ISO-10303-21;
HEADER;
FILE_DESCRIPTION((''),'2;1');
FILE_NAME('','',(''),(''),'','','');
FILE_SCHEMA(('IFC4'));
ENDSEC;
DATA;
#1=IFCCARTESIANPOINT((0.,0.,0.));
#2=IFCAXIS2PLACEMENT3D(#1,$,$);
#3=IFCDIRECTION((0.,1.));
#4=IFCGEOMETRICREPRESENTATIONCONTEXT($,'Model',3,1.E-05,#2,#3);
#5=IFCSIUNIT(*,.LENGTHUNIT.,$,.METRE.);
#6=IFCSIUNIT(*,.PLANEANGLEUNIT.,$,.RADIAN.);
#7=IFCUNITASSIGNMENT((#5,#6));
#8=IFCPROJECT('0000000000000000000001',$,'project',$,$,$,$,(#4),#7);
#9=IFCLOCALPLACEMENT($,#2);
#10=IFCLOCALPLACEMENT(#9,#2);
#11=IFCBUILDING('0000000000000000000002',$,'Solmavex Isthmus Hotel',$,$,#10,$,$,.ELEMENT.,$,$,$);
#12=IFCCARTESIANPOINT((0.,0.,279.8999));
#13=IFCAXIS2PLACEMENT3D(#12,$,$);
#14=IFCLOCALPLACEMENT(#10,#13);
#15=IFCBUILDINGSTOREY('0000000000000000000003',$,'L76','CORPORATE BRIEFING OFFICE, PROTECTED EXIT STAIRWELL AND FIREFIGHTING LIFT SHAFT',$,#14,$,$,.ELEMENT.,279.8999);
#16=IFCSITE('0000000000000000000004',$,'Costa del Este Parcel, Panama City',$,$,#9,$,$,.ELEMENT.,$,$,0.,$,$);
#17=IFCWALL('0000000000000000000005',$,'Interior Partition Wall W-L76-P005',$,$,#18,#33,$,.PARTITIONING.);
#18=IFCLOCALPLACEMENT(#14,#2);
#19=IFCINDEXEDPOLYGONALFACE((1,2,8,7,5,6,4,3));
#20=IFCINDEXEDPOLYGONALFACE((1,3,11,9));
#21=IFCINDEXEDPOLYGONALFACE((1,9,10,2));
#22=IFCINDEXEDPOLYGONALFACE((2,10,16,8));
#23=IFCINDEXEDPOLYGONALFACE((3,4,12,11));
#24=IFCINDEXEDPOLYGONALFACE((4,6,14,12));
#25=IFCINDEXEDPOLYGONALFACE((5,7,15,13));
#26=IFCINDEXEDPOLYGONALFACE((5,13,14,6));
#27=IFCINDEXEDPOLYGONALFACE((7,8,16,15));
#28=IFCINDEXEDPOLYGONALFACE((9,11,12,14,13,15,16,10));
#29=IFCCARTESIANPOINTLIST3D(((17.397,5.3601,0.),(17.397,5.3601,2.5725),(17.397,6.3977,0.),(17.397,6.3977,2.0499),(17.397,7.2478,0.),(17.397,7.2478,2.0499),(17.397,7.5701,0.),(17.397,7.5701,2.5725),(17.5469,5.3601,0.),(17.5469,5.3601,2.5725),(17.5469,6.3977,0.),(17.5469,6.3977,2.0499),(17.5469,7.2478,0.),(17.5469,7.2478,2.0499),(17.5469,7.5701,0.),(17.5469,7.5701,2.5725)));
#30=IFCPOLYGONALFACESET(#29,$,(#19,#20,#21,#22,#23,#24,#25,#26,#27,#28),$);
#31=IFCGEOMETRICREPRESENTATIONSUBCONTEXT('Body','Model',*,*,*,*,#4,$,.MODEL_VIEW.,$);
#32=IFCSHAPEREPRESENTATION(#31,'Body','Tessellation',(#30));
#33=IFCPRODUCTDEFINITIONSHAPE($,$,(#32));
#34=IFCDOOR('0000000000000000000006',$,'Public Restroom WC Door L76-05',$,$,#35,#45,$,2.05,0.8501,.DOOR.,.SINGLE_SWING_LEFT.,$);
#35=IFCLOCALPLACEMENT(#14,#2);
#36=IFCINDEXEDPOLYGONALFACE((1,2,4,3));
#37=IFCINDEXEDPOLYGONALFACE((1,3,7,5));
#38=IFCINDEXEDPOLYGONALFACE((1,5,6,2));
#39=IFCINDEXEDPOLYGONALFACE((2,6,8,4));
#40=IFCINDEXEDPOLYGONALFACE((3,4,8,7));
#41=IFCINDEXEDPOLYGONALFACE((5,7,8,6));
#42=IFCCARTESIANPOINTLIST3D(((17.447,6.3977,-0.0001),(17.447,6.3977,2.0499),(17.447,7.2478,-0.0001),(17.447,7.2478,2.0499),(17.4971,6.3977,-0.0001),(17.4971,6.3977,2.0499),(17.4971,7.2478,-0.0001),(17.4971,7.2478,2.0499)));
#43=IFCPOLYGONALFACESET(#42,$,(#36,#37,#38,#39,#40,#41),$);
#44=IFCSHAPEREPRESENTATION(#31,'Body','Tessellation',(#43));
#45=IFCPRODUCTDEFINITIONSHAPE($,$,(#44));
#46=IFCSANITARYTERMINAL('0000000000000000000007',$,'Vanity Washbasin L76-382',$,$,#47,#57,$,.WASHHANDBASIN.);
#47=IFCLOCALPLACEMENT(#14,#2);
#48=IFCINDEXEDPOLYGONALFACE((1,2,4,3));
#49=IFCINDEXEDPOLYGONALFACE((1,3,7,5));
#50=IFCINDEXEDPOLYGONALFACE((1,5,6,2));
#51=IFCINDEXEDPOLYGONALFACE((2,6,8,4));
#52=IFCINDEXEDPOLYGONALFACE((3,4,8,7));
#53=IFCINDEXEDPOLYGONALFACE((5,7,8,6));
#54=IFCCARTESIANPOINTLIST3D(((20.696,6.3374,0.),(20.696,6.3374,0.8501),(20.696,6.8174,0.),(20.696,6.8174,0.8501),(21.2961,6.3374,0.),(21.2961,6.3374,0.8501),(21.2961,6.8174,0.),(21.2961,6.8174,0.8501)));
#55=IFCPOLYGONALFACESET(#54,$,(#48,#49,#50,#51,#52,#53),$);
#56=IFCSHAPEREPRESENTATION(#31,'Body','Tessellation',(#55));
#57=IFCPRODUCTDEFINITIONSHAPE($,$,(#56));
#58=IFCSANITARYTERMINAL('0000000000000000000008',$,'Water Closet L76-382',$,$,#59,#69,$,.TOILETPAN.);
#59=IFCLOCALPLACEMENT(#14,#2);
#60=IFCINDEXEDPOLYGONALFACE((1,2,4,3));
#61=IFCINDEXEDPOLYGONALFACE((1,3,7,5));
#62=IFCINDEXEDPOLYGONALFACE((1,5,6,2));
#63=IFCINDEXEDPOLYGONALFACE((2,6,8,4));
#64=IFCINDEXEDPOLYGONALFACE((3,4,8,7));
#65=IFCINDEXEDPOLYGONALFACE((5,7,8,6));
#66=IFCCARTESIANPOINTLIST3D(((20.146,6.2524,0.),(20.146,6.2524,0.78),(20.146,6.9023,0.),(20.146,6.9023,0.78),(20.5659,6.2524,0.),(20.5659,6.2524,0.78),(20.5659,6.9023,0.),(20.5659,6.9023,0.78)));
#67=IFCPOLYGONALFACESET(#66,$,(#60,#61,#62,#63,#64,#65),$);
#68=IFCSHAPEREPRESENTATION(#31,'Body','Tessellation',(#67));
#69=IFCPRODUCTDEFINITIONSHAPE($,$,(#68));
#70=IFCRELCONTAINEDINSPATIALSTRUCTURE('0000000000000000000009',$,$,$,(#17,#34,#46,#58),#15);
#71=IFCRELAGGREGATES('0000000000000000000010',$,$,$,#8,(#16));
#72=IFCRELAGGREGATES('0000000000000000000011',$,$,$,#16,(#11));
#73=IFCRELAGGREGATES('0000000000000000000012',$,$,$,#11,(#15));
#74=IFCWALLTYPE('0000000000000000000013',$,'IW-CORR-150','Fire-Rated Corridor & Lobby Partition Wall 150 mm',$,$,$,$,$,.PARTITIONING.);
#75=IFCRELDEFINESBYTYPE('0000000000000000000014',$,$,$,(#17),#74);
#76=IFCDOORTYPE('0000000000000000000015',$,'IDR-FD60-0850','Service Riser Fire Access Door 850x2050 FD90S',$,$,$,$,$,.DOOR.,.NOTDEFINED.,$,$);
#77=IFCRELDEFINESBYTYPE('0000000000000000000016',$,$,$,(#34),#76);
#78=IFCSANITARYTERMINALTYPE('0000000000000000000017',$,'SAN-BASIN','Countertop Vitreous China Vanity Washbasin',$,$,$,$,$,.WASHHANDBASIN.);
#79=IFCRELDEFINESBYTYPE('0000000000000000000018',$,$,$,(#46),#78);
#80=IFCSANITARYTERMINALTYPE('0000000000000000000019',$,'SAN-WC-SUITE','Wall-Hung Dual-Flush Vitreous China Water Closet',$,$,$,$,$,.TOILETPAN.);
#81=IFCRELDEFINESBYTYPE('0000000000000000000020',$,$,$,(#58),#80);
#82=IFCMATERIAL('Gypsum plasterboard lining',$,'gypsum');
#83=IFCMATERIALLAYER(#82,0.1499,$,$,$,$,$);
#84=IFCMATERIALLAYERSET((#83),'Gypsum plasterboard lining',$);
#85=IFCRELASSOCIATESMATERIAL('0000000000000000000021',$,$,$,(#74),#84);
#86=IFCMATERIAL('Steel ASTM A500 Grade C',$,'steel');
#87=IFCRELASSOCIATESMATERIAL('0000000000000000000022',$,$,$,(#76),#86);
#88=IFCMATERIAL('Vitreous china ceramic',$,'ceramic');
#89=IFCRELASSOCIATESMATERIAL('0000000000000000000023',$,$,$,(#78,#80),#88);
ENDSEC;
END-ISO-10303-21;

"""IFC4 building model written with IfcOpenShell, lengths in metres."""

from ifc_helpers import new_model, si_unit, direction, frame, frame_2d, origin, origin_2d, place, context, subcontext, project, spatial, rectangle, extrude, material, layer, layer_set, type_object, element, fill, save


model = new_model("IFC4")

# Units and contexts
model_context = context("Model", 3, precision=1e-05, world=origin(), true_north=direction((0.0, 1.0)))
body_context = subcontext(model_context, "Body", "Model", "MODEL_VIEW")
ifc_project = project(units=[si_unit("LENGTHUNIT", "METRE"), si_unit("PLANEANGLEUNIT", "RADIAN")], contexts=[model_context])

# Site, building, storey
site_placement = place(None, origin())
site = spatial("IfcSite", under=ifc_project, at=site_placement, Name="Costa del Este Parcel, Panama City", CompositionType="ELEMENT", RefElevation=0.0)
building_placement = place(site_placement, origin())
building = spatial("IfcBuilding", under=site, at=building_placement, Name="Solmavex Isthmus Hotel", CompositionType="ELEMENT")
storey_placement = place(building_placement, frame((0.0, 0.0, 279.8999)))
storey = spatial("IfcBuildingStorey", under=building, at=storey_placement, Name="L76", Description="CORPORATE BRIEFING OFFICE, PROTECTED EXIT STAIRWELL AND FIREFIGHTING LIFT SHAFT", CompositionType="ELEMENT", Elevation=279.8999)

# Shared definitions
ifc_material_1 = material(Name="Gypsum plasterboard lining", Category="gypsum")

# Wall, opening, door
ifc_layer_1 = layer(ifc_material_1, 0.1499)
ifc_layer_set_1 = layer_set([ifc_layer_1], Name="Gypsum plasterboard lining")
wall_type_1 = type_object("IfcWallType", Name="IW-CORR-150", Description="Fire-Rated Corridor & Lobby Partition Wall 150 mm", PredefinedType="PARTITIONING", material=ifc_layer_set_1)
wall_1_placement = place(storey_placement, frame((17.4719, 7.5701, 0.0), z_axis=(0.0, 0.0, 1.0), x_axis=(0.0, -1.0, 0.0)))
wall_1 = element("IfcWall", 1, at=wall_1_placement, inside=storey, type_object=wall_type_1, Name="Interior Partition Wall W-L76-P005", PredefinedType="PARTITIONING", context=body_context, shape_type="SweptSolid", body=[
    extrude(rectangle(XDim=2.21, YDim=0.1499, at=frame_2d((1.105, 0.0))), origin(), (0.0, 0.0, 1.0), 2.5725),
])
opening_placement = place(wall_1_placement, frame((0.3223, 0.0, 0.0)))
opening = element("IfcOpeningElement", 2, at=opening_placement, cuts=wall_1, PredefinedType="OPENING", context=body_context, shape_type="SweptSolid", body=[
    extrude(rectangle(XDim=0.8501, YDim=2.05, at=frame_2d((0.425, 1.0249))), frame((0.0, 0.085, 0.0), z_axis=(0.0, -1.0, 0.0), x_axis=(1.0, 0.0, 0.0)), (0.0, 0.0, 1.0), 0.1699),
])
ifc_material_2 = material(Name="Steel ASTM A500 Grade C", Category="steel")
door_type = type_object("IfcDoorType", Name="IDR-FD60-0850", Description="Service Riser Fire Access Door 850x2050 FD90S", OperationType="NOTDEFINED", PredefinedType="DOOR", material=ifc_material_2)
door_placement = place(opening_placement, frame((0.8501, 0.0, 0.0), z_axis=(0.0, 0.0, 1.0), x_axis=(-1.0, 0.0, 0.0)))
door = element("IfcDoor", 3, at=door_placement, inside=storey, type_object=door_type, Name="Public Restroom WC Door L76-05", OperationType="SINGLE_SWING_LEFT", OverallHeight=2.05, OverallWidth=0.8501, PredefinedType="DOOR", context=body_context, shape_type="SweptSolid", body=[
    extrude(rectangle(XDim=0.8501, YDim=2.05, at=frame_2d((0.425, 1.0249))), frame((0.0, 0.0249, 0.0), z_axis=(0.0, -1.0, 0.0), x_axis=(1.0, 0.0, 0.0)), (0.0, 0.0, 1.0), 0.05),
])
fill(opening, door)

# Sanitary terminals
ifc_material_3 = material(Name="Vitreous china ceramic", Category="ceramic")
sanitary_terminal_type_1 = type_object("IfcSanitaryTerminalType", Name="SAN-BASIN", Description="Countertop Vitreous China Vanity Washbasin", PredefinedType="WASHHANDBASIN", material=ifc_material_3)
sanitary_terminal_1_placement = place(storey_placement, frame((20.9961, 6.5774, 0.0), z_axis=(0.0, 0.0, 1.0), x_axis=(1.0, 0.0, 0.0)))
element("IfcSanitaryTerminal", 4, at=sanitary_terminal_1_placement, inside=storey, type_object=sanitary_terminal_type_1, Name="Vanity Washbasin L76-382", PredefinedType="WASHHANDBASIN", context=body_context, shape_type="SweptSolid", body=[
    extrude(rectangle(XDim=0.6001, YDim=0.48, at=origin_2d()), origin(), (0.0, 0.0, 1.0), 0.8501),
])
sanitary_terminal_type_2 = type_object("IfcSanitaryTerminalType", Name="SAN-WC-SUITE", Description="Wall-Hung Dual-Flush Vitreous China Water Closet", PredefinedType="TOILETPAN", material=ifc_material_3)
sanitary_terminal_2_placement = place(storey_placement, frame((20.356, 6.5774, 0.0), z_axis=(0.0, 0.0, 1.0), x_axis=(1.0, 0.0, 0.0)))
element("IfcSanitaryTerminal", 5, at=sanitary_terminal_2_placement, inside=storey, type_object=sanitary_terminal_type_2, Name="Water Closet L76-382", PredefinedType="TOILETPAN", context=body_context, shape_type="SweptSolid", body=[
    extrude(rectangle(XDim=0.4199, YDim=0.6499, at=origin_2d()), origin(), (0.0, 0.0, 1.0), 0.78),
])

save(model, "model.ifc")
